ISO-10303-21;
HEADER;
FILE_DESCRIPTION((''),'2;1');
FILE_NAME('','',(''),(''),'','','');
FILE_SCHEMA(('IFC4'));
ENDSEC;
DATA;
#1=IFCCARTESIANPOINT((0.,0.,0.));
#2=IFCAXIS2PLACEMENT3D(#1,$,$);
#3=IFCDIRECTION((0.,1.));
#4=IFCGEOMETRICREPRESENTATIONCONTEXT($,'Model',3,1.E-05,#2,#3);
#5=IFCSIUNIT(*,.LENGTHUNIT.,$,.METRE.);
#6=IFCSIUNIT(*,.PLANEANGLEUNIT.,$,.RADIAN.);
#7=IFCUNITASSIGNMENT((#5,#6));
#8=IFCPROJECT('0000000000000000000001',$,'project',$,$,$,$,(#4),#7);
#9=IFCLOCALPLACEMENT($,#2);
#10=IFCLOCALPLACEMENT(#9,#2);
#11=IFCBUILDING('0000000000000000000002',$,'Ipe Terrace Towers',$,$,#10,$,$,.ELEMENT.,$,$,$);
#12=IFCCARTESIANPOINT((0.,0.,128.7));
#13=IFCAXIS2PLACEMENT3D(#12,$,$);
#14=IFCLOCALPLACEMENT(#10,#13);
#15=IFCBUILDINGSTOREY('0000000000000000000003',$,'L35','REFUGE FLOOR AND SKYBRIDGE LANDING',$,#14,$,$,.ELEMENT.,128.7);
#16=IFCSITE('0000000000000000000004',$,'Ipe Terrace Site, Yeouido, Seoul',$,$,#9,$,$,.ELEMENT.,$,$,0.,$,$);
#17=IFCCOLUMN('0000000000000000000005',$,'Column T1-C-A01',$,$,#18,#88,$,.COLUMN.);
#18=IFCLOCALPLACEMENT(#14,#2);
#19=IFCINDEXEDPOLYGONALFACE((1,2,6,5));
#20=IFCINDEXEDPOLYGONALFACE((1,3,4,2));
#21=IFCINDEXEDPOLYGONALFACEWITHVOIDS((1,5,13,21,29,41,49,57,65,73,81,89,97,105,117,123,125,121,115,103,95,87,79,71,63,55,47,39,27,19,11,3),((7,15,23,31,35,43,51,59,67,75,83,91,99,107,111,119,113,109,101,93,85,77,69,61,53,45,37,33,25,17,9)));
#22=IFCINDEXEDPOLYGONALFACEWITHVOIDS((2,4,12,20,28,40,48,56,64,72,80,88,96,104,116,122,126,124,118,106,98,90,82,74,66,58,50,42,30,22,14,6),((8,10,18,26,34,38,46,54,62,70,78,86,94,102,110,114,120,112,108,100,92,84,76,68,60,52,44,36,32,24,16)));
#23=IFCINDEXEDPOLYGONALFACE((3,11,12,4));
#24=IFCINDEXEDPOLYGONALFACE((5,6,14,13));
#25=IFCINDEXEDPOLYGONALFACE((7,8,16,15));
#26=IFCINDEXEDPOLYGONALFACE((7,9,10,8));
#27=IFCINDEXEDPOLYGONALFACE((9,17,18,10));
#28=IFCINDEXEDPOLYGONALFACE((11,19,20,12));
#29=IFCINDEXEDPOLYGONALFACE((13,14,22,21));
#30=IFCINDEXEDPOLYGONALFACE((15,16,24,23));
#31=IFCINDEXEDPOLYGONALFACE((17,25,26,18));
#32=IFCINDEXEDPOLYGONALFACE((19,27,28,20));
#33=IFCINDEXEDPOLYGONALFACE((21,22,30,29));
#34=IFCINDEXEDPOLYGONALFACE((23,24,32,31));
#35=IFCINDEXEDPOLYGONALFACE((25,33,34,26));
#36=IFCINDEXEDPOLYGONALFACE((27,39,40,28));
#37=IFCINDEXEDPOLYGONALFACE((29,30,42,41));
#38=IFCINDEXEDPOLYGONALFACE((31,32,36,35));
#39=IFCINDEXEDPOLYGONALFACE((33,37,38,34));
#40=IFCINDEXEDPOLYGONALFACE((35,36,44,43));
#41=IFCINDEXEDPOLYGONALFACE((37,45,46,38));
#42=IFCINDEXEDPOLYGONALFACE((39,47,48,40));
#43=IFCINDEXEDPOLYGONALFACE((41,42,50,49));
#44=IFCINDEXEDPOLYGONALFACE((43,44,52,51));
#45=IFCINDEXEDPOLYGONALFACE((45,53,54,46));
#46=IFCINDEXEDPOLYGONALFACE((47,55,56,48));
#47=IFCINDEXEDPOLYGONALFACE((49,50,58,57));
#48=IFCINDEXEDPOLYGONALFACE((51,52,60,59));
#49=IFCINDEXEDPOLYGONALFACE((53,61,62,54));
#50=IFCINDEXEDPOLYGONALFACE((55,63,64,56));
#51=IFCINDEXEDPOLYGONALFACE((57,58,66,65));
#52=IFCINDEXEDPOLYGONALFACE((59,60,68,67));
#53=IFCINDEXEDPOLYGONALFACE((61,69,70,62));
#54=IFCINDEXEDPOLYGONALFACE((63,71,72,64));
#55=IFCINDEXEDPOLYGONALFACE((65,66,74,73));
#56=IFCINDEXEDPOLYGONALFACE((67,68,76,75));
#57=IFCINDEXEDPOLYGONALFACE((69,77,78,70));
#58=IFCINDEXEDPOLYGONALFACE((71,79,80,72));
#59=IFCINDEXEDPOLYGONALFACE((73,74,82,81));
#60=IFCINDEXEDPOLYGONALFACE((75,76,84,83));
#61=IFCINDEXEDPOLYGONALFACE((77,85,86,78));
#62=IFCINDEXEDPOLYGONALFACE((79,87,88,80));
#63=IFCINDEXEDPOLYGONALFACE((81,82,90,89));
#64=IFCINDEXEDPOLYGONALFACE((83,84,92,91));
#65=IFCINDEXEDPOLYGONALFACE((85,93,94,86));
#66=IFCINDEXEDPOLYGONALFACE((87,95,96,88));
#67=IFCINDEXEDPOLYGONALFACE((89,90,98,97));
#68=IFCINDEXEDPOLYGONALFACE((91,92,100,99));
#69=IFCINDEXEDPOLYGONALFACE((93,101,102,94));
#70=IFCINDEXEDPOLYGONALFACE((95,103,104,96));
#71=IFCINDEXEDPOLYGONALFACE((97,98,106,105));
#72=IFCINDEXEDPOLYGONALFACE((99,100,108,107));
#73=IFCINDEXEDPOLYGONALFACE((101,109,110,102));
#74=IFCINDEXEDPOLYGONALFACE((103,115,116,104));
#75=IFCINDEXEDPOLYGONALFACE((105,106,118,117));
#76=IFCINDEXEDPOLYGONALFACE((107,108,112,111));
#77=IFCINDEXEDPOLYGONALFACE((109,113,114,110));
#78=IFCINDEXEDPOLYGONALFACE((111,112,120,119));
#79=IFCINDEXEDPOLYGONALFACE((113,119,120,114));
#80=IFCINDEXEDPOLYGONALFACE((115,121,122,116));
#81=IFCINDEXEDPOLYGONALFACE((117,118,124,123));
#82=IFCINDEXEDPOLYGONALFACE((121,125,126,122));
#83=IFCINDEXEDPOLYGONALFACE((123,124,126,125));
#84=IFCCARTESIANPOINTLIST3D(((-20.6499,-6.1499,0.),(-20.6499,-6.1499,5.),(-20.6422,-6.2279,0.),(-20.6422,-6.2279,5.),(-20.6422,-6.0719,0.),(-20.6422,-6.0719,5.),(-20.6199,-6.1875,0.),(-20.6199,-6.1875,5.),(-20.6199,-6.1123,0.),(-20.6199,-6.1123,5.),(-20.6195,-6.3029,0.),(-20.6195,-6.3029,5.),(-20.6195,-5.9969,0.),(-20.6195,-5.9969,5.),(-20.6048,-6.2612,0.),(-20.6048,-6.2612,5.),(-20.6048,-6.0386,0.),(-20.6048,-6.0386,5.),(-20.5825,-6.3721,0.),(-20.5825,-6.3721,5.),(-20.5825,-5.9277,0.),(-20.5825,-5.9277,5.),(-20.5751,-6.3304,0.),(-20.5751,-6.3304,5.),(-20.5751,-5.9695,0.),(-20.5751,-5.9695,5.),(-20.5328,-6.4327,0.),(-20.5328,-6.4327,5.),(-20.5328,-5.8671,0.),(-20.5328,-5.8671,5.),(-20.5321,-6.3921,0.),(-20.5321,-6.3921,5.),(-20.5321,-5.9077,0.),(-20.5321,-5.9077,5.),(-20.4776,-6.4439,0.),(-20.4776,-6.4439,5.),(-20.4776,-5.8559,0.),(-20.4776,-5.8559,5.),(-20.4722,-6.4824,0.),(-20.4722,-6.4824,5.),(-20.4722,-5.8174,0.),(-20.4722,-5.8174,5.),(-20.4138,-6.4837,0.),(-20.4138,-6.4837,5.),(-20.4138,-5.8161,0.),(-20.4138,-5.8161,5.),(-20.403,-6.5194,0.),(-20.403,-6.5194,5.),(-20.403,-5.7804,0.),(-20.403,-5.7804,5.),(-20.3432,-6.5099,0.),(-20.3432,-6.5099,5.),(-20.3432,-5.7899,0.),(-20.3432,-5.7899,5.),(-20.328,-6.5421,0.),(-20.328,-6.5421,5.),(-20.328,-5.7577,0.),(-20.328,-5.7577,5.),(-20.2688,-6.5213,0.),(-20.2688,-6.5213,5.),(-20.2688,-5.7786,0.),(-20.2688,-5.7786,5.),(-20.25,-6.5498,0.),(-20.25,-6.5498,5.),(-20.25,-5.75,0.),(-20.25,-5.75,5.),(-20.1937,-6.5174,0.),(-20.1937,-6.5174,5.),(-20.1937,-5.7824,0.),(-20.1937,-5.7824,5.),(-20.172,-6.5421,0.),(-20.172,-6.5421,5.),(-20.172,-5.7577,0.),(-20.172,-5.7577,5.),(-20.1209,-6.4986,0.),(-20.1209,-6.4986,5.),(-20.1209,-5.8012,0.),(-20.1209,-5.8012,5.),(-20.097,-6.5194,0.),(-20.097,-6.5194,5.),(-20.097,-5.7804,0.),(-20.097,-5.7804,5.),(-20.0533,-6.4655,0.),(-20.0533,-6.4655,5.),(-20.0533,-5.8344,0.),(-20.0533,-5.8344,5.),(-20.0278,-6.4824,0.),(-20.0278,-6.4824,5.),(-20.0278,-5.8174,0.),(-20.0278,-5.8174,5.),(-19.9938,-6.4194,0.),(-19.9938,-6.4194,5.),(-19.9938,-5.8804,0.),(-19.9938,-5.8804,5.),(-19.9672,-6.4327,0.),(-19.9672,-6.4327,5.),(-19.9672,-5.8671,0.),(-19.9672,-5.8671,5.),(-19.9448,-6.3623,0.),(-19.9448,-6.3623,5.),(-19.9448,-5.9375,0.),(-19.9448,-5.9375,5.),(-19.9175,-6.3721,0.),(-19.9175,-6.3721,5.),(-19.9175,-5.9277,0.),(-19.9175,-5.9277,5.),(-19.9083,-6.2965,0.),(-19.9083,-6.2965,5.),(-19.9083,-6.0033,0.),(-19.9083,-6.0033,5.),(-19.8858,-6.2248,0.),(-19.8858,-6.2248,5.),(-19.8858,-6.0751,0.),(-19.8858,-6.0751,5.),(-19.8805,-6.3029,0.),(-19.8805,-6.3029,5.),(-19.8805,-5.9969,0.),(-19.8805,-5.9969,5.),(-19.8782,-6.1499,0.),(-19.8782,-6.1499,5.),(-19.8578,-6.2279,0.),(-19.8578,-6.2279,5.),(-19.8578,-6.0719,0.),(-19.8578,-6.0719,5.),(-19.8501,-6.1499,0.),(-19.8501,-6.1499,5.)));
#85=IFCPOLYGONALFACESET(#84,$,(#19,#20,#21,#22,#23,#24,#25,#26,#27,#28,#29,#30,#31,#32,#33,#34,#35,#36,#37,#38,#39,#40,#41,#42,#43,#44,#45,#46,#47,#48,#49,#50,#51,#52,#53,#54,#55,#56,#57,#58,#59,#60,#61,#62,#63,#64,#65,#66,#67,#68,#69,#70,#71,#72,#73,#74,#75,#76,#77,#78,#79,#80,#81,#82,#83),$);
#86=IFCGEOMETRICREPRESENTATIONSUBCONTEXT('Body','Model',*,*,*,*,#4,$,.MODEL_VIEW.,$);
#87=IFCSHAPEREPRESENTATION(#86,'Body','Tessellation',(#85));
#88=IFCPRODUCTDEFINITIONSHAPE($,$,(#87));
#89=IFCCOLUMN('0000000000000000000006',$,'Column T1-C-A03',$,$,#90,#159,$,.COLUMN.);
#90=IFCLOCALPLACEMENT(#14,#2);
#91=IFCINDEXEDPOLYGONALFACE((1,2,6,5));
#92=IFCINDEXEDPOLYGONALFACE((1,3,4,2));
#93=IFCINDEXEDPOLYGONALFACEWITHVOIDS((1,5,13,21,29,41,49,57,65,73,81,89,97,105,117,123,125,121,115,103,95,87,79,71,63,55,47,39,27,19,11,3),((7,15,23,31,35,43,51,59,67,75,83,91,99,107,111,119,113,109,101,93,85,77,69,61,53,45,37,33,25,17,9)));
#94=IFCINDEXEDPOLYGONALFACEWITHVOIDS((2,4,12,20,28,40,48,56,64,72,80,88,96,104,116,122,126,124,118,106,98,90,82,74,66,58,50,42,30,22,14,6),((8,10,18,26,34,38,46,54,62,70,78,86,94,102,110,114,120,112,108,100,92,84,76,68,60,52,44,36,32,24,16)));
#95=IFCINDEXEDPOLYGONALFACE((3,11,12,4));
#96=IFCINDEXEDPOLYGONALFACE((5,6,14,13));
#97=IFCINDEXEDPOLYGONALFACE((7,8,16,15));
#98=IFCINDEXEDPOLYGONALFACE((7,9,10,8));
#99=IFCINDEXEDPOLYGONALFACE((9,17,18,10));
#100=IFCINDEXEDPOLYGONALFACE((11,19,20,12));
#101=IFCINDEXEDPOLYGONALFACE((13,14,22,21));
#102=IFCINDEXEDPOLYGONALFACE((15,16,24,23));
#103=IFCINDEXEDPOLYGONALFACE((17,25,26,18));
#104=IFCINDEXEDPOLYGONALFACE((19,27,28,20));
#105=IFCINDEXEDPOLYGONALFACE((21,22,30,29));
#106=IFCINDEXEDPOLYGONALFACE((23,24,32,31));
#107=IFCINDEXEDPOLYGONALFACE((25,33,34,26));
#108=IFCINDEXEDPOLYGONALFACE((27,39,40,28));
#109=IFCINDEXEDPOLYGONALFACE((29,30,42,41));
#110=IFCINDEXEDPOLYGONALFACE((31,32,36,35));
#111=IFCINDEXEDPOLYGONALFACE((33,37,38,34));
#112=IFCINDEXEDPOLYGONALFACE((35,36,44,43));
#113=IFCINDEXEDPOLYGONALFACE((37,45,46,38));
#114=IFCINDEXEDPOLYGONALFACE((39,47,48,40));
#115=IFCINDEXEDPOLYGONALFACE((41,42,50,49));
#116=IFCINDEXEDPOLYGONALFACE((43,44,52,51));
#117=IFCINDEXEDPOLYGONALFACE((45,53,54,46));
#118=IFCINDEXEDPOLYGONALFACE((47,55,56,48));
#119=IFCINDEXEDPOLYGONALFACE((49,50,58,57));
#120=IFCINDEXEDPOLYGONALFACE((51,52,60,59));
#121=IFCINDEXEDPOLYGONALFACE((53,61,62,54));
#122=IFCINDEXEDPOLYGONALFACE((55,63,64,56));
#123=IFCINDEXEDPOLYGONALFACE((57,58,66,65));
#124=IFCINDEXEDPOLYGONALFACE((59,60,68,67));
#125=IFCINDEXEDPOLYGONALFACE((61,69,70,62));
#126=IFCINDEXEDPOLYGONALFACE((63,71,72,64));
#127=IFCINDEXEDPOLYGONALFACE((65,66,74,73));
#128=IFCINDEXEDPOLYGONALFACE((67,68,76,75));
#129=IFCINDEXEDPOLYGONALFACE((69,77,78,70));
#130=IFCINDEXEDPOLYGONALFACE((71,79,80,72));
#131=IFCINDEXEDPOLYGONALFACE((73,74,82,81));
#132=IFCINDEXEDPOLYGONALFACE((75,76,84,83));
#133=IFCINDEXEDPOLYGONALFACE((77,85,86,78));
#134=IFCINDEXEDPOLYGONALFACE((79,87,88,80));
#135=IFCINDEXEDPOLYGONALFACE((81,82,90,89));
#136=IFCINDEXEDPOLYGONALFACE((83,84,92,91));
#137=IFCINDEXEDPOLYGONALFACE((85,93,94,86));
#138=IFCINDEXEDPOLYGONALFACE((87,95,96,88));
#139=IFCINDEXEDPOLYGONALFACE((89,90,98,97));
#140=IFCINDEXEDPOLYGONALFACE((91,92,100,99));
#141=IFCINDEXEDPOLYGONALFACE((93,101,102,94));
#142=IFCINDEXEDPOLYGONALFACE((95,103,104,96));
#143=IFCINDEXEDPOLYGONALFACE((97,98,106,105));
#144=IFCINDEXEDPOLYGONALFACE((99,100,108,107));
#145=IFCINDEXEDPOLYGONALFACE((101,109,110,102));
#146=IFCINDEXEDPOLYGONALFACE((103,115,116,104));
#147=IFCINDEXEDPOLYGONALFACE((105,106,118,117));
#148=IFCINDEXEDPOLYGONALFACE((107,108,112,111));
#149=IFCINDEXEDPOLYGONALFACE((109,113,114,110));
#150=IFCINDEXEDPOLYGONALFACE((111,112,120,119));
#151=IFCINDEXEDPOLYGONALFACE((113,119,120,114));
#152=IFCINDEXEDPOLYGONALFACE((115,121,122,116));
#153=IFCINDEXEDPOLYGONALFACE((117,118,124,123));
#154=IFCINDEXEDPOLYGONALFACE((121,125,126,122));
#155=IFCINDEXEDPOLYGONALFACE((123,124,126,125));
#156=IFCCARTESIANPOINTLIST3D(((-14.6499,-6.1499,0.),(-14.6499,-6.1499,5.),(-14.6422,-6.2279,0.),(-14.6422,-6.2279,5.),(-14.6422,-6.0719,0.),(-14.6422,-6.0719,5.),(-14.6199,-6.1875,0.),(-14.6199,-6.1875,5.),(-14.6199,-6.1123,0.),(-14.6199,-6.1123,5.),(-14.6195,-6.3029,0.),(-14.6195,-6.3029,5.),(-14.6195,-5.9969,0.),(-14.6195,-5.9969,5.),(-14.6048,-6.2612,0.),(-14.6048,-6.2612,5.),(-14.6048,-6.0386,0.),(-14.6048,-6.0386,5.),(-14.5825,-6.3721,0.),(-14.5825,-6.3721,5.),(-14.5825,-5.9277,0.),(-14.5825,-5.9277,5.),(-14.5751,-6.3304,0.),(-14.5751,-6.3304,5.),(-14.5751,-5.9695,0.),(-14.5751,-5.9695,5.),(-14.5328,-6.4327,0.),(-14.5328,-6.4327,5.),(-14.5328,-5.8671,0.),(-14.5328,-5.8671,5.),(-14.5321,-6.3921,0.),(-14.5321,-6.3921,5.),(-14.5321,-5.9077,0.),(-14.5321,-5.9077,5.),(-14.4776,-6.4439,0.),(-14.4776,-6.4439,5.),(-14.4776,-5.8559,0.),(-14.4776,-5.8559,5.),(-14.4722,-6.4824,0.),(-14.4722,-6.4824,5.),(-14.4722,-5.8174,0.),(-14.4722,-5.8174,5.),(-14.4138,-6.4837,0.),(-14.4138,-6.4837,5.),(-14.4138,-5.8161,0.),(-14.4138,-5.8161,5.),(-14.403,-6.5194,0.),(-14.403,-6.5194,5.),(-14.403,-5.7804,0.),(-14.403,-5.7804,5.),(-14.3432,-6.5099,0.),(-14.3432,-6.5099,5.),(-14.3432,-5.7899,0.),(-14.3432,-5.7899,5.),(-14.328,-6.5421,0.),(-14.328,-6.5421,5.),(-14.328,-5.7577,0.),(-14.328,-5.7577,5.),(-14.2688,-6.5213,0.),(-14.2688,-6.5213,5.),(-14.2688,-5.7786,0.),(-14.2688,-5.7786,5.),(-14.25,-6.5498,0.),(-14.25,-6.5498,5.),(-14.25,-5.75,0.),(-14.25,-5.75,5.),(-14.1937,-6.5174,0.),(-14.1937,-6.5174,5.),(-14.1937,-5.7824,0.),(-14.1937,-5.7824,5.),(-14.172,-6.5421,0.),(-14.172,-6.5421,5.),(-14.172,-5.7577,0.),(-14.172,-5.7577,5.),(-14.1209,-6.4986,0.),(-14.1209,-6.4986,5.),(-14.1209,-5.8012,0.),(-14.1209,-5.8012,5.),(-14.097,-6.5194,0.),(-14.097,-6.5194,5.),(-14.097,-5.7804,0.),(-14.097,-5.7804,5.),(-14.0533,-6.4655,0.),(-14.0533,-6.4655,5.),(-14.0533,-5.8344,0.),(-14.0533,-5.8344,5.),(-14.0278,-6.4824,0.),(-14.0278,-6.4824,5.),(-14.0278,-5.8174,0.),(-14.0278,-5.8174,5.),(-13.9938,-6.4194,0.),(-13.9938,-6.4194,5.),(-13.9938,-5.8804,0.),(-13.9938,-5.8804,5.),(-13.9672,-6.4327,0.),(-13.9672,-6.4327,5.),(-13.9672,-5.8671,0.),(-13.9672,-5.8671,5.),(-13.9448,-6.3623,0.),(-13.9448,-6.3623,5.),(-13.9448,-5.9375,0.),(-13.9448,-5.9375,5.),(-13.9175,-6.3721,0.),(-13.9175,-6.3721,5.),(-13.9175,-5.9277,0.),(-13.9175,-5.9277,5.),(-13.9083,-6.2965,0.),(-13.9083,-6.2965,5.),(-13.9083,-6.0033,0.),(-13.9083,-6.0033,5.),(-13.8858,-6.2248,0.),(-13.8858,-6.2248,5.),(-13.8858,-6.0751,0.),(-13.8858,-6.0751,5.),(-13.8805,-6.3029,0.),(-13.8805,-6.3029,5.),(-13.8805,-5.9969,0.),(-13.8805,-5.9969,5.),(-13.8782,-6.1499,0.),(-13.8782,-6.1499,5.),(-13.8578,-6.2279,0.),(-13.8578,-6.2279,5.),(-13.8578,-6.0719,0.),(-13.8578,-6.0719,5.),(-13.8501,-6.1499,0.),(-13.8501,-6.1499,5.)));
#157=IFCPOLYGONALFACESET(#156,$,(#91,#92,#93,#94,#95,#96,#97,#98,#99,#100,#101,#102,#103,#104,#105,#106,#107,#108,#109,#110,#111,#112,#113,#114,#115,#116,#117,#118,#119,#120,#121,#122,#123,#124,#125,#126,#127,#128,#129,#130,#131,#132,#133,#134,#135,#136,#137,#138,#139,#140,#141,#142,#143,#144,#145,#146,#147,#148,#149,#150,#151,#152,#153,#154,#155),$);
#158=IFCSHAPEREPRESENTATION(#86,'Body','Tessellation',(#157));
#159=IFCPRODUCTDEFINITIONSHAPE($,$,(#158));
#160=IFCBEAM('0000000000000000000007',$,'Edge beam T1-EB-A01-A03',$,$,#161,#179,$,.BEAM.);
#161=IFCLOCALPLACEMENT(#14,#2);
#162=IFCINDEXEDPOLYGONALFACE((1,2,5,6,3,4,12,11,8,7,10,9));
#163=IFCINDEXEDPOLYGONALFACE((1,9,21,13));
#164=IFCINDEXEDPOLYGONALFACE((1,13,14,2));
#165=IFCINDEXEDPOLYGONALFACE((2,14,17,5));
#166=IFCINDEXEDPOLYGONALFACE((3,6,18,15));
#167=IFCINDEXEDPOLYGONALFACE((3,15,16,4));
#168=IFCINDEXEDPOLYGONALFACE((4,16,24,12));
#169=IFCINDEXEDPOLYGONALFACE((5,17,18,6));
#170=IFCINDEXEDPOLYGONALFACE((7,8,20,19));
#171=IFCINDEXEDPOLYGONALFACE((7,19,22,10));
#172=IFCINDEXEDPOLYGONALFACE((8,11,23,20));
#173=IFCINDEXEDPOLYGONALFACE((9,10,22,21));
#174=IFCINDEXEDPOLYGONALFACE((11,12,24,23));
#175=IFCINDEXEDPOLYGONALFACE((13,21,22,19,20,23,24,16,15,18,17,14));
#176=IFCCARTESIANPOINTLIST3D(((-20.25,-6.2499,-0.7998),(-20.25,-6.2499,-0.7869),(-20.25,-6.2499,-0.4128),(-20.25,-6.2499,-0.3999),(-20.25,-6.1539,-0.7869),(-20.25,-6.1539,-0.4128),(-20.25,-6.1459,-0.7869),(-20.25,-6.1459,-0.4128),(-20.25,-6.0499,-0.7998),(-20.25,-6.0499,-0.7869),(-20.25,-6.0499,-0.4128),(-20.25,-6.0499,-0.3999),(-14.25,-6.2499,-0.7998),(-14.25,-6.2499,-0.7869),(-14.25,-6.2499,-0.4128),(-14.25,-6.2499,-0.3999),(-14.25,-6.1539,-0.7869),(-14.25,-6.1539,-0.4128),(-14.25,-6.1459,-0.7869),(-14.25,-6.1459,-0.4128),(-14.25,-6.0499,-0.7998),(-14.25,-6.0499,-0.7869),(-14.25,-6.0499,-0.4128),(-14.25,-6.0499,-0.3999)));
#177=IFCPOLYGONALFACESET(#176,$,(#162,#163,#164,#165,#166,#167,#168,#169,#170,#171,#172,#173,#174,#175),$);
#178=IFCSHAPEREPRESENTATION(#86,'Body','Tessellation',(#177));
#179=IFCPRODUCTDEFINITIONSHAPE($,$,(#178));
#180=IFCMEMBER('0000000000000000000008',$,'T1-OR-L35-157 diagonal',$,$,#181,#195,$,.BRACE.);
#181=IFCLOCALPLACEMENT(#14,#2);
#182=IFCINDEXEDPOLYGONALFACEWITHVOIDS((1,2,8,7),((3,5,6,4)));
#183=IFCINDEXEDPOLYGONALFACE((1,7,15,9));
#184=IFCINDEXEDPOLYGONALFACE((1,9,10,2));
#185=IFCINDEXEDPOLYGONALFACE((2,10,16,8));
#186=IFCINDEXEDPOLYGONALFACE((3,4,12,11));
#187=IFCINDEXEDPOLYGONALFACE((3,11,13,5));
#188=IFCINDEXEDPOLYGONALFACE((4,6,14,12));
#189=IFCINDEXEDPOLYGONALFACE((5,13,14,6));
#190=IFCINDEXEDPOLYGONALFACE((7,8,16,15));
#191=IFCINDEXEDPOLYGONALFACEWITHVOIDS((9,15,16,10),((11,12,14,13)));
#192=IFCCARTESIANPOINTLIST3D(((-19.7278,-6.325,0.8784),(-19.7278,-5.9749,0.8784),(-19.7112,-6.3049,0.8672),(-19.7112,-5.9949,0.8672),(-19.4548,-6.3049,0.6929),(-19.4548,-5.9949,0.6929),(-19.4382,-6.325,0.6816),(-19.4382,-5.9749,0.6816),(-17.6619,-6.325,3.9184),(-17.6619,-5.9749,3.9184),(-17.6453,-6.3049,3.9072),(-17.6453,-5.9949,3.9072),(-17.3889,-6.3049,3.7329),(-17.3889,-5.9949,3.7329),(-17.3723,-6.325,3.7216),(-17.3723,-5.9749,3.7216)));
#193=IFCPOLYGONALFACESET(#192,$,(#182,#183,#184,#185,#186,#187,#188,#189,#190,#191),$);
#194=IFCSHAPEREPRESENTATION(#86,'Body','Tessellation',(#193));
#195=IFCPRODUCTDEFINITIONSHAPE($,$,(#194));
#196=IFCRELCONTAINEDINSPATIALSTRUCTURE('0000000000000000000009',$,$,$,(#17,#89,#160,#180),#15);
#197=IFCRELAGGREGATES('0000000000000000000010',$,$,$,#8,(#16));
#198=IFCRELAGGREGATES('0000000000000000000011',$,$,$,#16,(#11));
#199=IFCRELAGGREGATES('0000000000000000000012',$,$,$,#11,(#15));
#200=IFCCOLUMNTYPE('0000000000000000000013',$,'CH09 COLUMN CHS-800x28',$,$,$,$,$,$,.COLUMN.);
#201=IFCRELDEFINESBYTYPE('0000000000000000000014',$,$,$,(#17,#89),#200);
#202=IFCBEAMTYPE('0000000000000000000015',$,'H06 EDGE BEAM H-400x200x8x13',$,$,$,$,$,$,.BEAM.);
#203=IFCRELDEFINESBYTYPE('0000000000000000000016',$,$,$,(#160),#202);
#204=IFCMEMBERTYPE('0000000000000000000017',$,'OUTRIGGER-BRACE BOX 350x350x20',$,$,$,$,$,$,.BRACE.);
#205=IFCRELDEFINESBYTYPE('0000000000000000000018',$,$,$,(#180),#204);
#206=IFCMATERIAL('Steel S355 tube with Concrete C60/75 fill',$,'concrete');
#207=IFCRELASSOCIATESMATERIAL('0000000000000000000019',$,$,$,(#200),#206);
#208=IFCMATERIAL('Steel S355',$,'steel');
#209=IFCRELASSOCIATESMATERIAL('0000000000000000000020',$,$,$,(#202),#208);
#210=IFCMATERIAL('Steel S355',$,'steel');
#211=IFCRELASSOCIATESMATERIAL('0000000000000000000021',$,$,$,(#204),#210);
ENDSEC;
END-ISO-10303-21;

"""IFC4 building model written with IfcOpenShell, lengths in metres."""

from ifc_helpers import new_model, si_unit, direction, frame, origin, origin_2d, place, context, subcontext, project, spatial, hollow_rectangle, hollow_circle, i_section, extrude, material, material_profile, profile_set, type_object, element, save


model = new_model("IFC4")

# Units and contexts
model_context = context("Model", 3, precision=1e-05, world=origin(), true_north=direction((0.0, 1.0)))
body_context = subcontext(model_context, "Body", "Model", "MODEL_VIEW")
ifc_project = project(units=[si_unit("LENGTHUNIT", "METRE"), si_unit("PLANEANGLEUNIT", "RADIAN")], contexts=[model_context])

# Site, building, storey
site_placement = place(None, origin())
site = spatial("IfcSite", under=ifc_project, at=site_placement, Name="Ipe Terrace Site, Yeouido, Seoul", CompositionType="ELEMENT", RefElevation=0.0)
building_placement = place(site_placement, origin())
building = spatial("IfcBuilding", under=site, at=building_placement, Name="Ipe Terrace Towers", CompositionType="ELEMENT")
storey_placement = place(building_placement, frame((0.0, 0.0, 128.7)))
storey = spatial("IfcBuildingStorey", under=building, at=storey_placement, Name="L35", Description="REFUGE FLOOR AND SKYBRIDGE LANDING", CompositionType="ELEMENT", Elevation=128.7)

# Columns
ifc_material_1 = material(Name="Steel S355 tube with Concrete C60/75 fill", Category="concrete")
ifc_material_profile_1 = material_profile(ifc_material_1, hollow_circle(Radius=0.3999, WallThickness=0.0281, at=origin_2d()), Name="CHS-800x28")
ifc_profile_set_1 = profile_set([ifc_material_profile_1], Name="Steel S355 tube with Concrete C60/75 fill")
column_type = type_object("IfcColumnType", Name="CH09 COLUMN CHS-800x28", PredefinedType="COLUMN", material=ifc_profile_set_1)
for number, where, z_axis, x_axis, name in (
    (1, (-20.25, -6.1499, 0.0), (0.0, 0.0, 1.0), (1.0, 0.0, 0.0), "Column T1-C-A01"),
    (2, (-14.25, -6.1499, 0.0), (0.0, 0.0, 1.0), (1.0, 0.0, 0.0), "Column T1-C-A03"),
):
    element("IfcColumn", number, at=place(storey_placement, frame(where, z_axis=z_axis, x_axis=x_axis)), inside=storey, type_object=column_type, Name=name, PredefinedType="COLUMN", context=body_context, shape_type="SweptSolid", body=[
        extrude(hollow_circle(Radius=0.3999, WallThickness=0.0281, at=origin_2d()), origin(), (0.0, 0.0, 1.0), 5.0),
    ])

# Beam
ifc_material_2 = material(Name="Steel S355", Category="steel")
ifc_material_profile_2 = material_profile(ifc_material_2, i_section(OverallWidth=0.2, OverallDepth=0.3999, WebThickness=0.0081, FlangeThickness=0.0129, at=origin_2d()), Name="H-400x200x8x13")
ifc_profile_set_2 = profile_set([ifc_material_profile_2], Name="Steel S355")
beam_type = type_object("IfcBeamType", Name="H06 EDGE BEAM H-400x200x8x13", PredefinedType="BEAM", material=ifc_profile_set_2)
beam_placement = place(storey_placement, frame((-20.25, -6.1499, -0.5999), z_axis=(1.0, 0.0, 0.0), x_axis=(0.0, 1.0, 0.0)))
element("IfcBeam", 3, at=beam_placement, inside=storey, type_object=beam_type, Name="Edge beam T1-EB-A01-A03", PredefinedType="BEAM", context=body_context, shape_type="SweptSolid", body=[
    extrude(i_section(OverallWidth=0.2, OverallDepth=0.3999, WebThickness=0.0081, FlangeThickness=0.0129, at=origin_2d()), origin(), (0.0, 0.0, 1.0), 6.0),
])

# Member
ifc_material_3 = material(Name="Steel S355", Category="steel")
ifc_material_profile_3 = material_profile(ifc_material_3, hollow_rectangle(XDim=0.3501, YDim=0.3501, WallThickness=0.02, at=origin_2d()), Name="OUTRIGGER-BRACE BOX 350x350x20")
ifc_profile_set_3 = profile_set([ifc_material_profile_3], Name="Steel S355")
member_type_1 = type_object("IfcMemberType", Name="OUTRIGGER-BRACE BOX 350x350x20", PredefinedType="BRACE", material=ifc_profile_set_3)
for number, where, z_axis, x_axis, name in (
    (4, (-19.583, -6.1499, 0.78), (0.562067, 0.0, 0.827092), (0.0, 1.0, 0.0), "T1-OR-L35-157 diagonal"),
):
    element("IfcMember", number, at=place(storey_placement, frame(where, z_axis=z_axis, x_axis=x_axis)), inside=storey, type_object=member_type_1, Name=name, PredefinedType="BRACE", context=body_context, shape_type="SweptSolid", body=[
        extrude(hollow_rectangle(XDim=0.3501, YDim=0.3501, WallThickness=0.02, at=origin_2d()), origin(), (0.0, 0.0, 1.0), 3.6755),
    ])

save(model, "model.ifc")
